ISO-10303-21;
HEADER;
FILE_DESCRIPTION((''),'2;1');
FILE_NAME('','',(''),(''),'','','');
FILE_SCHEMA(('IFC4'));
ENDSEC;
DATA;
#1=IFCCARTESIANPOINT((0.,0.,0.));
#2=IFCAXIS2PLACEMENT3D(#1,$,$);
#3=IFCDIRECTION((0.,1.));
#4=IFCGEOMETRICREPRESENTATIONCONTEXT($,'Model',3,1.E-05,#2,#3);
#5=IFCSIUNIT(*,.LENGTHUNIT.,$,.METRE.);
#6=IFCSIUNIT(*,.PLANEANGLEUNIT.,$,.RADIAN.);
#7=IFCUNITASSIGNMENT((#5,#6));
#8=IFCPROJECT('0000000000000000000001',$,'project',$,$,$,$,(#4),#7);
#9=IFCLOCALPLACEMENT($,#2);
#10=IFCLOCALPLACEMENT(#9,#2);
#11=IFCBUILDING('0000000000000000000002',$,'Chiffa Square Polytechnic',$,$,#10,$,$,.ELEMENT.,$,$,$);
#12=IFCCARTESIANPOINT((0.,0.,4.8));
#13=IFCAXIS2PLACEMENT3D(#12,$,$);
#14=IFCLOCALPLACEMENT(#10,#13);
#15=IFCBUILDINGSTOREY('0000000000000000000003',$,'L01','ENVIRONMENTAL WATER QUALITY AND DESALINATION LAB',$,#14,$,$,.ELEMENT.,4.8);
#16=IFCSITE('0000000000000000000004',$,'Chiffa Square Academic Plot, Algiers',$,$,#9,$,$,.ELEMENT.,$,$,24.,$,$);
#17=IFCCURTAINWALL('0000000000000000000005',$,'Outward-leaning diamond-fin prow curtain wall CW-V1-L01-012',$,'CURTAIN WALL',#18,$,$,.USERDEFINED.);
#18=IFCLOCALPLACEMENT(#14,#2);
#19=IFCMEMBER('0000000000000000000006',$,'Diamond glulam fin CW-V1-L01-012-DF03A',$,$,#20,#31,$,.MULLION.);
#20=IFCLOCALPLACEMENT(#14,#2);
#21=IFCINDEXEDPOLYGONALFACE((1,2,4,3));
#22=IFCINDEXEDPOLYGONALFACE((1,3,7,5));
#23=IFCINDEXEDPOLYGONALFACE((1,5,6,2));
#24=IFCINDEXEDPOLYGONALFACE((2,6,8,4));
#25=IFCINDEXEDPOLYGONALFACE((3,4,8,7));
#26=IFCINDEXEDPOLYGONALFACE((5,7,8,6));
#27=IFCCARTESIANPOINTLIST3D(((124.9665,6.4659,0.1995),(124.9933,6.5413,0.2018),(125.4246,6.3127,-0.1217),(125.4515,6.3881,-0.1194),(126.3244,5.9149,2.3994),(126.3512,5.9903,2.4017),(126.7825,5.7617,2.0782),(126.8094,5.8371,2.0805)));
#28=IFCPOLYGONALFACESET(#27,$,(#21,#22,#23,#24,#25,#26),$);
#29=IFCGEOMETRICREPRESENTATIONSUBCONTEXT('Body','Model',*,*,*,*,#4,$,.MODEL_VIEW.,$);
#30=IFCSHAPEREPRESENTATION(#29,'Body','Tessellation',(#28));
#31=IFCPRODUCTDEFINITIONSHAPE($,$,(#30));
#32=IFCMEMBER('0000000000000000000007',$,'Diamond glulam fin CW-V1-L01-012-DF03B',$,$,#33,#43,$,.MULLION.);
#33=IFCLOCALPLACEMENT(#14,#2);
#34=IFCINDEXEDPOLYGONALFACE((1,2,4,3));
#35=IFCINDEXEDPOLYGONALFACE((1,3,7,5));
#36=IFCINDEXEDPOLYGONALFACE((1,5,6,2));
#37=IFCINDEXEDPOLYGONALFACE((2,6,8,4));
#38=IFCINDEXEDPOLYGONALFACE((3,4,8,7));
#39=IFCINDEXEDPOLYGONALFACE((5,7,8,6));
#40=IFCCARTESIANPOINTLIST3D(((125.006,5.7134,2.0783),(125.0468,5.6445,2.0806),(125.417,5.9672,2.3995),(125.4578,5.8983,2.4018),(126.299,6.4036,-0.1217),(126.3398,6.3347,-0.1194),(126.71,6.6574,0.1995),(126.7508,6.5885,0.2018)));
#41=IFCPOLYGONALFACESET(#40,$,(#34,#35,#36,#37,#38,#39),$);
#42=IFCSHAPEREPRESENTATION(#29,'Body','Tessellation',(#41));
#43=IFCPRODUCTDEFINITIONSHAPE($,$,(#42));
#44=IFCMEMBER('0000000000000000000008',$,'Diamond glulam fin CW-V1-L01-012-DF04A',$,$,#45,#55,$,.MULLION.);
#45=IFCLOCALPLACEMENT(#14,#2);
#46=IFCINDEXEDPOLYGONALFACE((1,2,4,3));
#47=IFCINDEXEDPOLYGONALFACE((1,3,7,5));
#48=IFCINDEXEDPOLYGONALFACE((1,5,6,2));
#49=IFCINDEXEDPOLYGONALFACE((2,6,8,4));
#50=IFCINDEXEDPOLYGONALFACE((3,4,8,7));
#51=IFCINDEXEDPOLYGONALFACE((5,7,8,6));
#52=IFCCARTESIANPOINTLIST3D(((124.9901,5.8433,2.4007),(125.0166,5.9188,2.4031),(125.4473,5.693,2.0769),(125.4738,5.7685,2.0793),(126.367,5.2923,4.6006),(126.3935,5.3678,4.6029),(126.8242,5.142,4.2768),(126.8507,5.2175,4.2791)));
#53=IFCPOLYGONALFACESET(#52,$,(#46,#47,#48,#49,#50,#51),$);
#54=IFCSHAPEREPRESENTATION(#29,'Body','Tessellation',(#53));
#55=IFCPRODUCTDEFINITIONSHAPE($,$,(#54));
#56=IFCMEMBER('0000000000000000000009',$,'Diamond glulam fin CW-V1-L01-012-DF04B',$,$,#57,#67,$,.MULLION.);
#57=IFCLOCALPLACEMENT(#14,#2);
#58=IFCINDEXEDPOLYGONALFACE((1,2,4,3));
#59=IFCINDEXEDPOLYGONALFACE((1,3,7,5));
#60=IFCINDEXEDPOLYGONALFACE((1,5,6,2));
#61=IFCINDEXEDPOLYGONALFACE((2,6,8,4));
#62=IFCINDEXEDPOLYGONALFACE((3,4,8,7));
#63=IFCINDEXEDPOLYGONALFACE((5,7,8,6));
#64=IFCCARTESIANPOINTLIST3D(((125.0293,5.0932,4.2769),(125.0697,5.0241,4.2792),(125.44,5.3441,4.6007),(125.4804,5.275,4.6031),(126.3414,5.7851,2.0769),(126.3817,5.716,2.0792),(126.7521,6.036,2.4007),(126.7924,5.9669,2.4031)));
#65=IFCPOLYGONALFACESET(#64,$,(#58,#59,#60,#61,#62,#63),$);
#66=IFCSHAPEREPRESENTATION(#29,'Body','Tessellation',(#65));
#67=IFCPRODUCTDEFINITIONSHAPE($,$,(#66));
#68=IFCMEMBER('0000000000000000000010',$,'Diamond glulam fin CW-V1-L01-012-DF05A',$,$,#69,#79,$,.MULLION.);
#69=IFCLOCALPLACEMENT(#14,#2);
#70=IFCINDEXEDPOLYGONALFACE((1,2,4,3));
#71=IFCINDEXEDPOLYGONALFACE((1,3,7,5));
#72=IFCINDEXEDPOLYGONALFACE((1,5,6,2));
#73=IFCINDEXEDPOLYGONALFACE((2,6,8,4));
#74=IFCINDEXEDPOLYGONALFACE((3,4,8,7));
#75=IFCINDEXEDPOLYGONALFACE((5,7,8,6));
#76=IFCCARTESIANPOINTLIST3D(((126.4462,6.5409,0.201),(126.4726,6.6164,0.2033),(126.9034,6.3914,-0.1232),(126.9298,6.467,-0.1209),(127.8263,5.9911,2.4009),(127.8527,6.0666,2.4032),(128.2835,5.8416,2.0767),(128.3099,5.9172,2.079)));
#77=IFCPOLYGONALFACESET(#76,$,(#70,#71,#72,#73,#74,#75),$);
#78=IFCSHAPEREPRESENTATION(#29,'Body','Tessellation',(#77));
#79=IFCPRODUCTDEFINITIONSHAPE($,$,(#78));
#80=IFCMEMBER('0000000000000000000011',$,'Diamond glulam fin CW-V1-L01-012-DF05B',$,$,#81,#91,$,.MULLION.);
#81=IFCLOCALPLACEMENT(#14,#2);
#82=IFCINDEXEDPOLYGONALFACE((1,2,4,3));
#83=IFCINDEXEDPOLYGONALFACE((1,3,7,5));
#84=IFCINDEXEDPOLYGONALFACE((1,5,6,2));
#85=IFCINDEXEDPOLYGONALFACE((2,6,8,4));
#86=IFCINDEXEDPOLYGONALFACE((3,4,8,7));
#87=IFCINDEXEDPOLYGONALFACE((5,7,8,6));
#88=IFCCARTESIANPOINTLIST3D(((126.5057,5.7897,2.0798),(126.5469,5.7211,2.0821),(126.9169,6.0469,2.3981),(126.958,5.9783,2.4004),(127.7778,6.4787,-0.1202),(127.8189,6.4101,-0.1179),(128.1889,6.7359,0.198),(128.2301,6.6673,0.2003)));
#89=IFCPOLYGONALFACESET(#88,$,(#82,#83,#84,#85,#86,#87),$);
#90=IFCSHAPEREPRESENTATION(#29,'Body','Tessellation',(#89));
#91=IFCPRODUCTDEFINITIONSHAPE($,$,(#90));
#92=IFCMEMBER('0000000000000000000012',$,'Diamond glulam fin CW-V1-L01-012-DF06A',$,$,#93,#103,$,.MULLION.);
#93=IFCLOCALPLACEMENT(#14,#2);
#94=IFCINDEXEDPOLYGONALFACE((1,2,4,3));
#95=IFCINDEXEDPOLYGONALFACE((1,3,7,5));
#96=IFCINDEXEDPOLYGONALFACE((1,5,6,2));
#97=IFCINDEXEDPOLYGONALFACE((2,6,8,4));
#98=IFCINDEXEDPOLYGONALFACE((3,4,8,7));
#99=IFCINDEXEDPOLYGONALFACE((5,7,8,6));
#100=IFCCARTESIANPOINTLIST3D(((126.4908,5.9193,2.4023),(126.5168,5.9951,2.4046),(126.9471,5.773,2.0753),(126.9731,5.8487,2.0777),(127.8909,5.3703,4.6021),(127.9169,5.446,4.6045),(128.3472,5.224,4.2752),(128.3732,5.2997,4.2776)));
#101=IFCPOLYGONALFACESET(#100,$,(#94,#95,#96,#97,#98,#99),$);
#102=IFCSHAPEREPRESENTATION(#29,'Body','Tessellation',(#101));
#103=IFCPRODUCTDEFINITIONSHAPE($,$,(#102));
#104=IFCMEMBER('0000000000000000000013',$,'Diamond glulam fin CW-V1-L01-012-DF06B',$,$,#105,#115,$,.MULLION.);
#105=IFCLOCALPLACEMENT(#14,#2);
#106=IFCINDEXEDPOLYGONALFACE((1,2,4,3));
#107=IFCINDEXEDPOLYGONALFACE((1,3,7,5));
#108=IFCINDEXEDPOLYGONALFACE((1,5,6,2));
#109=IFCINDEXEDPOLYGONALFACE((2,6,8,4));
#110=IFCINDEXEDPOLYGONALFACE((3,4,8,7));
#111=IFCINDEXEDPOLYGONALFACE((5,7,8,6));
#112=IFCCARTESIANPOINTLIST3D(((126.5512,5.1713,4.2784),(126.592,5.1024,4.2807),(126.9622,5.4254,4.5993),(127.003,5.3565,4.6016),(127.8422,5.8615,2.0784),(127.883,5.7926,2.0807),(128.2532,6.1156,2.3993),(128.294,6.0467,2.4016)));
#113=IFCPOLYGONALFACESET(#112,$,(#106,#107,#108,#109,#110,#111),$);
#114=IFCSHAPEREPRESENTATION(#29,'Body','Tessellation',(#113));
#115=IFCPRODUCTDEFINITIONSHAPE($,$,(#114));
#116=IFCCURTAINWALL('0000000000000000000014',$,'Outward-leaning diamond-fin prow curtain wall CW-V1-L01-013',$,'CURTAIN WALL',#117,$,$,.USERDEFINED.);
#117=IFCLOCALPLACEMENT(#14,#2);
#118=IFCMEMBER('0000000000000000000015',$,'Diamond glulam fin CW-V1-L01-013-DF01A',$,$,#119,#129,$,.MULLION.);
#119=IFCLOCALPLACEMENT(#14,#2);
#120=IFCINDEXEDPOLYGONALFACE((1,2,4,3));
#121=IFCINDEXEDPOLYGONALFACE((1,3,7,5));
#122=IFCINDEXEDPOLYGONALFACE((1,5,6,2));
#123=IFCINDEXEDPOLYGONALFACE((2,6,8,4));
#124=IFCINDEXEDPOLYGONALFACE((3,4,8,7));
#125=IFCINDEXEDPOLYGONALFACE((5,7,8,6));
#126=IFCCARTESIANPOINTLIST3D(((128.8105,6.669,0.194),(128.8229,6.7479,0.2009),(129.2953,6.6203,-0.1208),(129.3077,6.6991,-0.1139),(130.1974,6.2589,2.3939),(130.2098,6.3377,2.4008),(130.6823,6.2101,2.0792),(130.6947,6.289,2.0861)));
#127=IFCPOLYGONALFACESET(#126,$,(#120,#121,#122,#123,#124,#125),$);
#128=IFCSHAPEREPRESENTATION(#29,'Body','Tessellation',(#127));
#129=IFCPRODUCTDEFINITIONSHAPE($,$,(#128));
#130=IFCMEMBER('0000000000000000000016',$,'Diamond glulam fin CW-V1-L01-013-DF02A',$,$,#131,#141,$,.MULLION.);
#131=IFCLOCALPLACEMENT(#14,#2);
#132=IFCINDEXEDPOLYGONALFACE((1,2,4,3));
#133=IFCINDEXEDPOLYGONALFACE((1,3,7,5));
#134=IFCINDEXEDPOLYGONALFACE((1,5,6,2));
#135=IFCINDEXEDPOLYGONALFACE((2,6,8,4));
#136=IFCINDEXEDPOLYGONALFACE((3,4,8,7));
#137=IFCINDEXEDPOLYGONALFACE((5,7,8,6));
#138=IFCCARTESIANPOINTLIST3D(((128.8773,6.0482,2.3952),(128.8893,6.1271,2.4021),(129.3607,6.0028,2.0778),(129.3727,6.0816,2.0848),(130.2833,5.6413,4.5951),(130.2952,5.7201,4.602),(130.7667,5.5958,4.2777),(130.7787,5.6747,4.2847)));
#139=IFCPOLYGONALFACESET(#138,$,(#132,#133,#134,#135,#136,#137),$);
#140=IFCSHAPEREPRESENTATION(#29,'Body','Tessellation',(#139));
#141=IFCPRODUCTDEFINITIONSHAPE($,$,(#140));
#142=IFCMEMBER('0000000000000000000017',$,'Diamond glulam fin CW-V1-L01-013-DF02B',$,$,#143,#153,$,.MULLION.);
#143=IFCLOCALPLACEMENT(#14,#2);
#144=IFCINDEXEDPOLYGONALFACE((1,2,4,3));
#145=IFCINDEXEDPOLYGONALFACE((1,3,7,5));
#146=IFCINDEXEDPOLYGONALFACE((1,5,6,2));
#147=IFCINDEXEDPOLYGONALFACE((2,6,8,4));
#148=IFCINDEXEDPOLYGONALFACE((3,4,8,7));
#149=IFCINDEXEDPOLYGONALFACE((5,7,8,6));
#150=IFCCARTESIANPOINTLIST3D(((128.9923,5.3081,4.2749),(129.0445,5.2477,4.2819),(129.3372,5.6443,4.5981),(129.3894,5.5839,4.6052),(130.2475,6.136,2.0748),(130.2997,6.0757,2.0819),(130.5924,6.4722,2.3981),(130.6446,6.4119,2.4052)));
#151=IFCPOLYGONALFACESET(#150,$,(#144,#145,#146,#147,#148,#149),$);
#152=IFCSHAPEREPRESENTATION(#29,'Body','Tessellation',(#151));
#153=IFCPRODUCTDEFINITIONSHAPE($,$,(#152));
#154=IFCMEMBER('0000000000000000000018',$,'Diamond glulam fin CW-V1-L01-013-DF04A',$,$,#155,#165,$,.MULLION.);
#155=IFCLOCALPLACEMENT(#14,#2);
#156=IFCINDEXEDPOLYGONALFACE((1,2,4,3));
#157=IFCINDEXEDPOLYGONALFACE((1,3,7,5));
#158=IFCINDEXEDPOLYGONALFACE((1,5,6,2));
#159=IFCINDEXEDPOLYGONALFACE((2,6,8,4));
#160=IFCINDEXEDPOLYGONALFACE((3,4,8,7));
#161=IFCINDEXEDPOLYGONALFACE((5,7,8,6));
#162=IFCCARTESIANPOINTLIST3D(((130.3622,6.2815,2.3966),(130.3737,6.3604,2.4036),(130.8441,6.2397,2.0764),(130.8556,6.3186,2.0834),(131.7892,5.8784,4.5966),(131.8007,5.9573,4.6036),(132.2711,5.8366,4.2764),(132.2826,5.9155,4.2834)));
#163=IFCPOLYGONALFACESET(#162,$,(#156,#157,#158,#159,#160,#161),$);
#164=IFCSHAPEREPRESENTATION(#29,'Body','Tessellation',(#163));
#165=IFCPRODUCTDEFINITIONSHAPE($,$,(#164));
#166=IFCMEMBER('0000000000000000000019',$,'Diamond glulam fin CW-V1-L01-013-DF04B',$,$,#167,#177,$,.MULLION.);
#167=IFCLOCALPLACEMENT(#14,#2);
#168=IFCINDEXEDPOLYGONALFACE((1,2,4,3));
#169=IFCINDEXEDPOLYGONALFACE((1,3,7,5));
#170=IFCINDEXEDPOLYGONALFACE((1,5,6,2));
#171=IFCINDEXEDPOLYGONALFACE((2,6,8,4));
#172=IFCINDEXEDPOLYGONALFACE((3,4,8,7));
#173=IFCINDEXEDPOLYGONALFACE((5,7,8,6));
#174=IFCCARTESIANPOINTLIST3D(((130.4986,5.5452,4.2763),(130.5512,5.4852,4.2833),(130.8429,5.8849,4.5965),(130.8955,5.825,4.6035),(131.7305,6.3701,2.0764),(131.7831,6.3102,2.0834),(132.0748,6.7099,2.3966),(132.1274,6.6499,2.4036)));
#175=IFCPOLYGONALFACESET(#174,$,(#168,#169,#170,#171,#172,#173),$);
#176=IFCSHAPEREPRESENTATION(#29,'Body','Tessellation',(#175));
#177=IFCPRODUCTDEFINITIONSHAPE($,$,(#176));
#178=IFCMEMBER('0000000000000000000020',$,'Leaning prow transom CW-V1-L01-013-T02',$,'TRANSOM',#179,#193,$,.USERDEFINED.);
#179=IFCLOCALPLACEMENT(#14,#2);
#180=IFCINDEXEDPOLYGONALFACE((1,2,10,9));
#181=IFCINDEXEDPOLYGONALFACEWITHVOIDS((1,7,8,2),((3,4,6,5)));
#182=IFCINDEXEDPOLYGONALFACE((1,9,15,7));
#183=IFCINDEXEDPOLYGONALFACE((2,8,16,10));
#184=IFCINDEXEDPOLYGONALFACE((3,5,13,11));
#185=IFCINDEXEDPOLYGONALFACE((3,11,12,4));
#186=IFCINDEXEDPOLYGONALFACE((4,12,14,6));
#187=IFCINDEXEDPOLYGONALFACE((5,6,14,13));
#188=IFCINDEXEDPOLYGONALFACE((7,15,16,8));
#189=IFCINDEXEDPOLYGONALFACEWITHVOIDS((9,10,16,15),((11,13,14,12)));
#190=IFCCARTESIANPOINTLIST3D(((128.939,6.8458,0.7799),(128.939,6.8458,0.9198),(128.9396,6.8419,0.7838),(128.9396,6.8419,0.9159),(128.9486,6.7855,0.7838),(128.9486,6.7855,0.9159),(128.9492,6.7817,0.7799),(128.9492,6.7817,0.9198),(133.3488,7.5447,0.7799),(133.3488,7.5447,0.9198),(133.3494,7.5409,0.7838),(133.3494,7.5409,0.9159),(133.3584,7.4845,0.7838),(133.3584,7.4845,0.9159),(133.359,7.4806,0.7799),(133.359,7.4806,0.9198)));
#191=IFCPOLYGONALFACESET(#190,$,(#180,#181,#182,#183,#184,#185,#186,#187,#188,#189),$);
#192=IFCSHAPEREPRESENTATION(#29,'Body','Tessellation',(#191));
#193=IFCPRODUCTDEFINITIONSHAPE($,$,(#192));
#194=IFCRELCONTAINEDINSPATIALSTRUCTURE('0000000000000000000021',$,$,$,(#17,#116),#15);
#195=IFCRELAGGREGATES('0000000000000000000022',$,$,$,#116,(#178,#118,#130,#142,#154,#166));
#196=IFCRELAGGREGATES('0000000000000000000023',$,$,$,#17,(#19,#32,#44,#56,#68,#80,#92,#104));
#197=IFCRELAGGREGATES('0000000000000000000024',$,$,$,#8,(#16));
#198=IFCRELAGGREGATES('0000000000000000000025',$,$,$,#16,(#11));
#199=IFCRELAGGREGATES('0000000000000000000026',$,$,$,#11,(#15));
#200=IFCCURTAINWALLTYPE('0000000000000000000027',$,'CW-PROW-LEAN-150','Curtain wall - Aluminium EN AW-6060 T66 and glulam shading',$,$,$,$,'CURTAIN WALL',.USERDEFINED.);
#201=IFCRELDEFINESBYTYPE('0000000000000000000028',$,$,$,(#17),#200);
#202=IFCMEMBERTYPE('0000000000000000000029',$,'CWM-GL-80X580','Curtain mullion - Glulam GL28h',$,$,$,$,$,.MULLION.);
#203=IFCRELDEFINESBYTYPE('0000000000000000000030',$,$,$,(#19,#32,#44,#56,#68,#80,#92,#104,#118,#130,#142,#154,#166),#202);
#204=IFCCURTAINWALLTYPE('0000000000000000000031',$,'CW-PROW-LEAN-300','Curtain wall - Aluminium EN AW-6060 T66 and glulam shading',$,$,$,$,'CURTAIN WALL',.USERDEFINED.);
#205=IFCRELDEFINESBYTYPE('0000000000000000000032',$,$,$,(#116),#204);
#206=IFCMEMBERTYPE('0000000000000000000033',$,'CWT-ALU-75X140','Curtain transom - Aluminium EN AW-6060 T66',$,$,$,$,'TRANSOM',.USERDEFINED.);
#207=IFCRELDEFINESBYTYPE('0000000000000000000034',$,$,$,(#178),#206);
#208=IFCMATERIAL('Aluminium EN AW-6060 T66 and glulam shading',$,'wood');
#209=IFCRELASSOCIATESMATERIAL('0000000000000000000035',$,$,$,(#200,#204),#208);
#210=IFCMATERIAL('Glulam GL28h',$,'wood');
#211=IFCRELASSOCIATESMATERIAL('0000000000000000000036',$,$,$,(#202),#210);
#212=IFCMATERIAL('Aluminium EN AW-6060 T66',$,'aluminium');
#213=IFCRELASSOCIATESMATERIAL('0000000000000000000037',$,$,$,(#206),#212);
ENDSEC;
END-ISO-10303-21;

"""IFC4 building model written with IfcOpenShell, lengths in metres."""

from ifc_helpers import new_model, si_unit, direction, frame, origin, origin_2d, place, context, subcontext, project, spatial, rectangle, hollow_rectangle, extrude, material, material_profile, profile_set, type_object, element, aggregate, save


model = new_model("IFC4")

# Units and contexts
model_context = context("Model", 3, precision=1e-05, world=origin(), true_north=direction((0.0, 1.0)))
body_context = subcontext(model_context, "Body", "Model", "MODEL_VIEW")
ifc_project = project(units=[si_unit("LENGTHUNIT", "METRE"), si_unit("PLANEANGLEUNIT", "RADIAN")], contexts=[model_context])

# Site, building, storey
site_placement = place(None, origin())
site = spatial("IfcSite", under=ifc_project, at=site_placement, Name="Chiffa Square Academic Plot, Algiers", CompositionType="ELEMENT", RefElevation=24.0)
building_placement = place(site_placement, origin())
building = spatial("IfcBuilding", under=site, at=building_placement, Name="Chiffa Square Polytechnic", CompositionType="ELEMENT")
storey_placement = place(building_placement, frame((0.0, 0.0, 4.8)))
storey = spatial("IfcBuildingStorey", under=building, at=storey_placement, Name="L01", Description="ENVIRONMENTAL WATER QUALITY AND DESALINATION LAB", CompositionType="ELEMENT", Elevation=4.8)

# Curtain walls, members
ifc_material_1 = material(Name="Aluminium EN AW-6060 T66 and glulam shading", Category="wood")
curtain_wall_type_1 = type_object("IfcCurtainWallType", Name="CW-PROW-LEAN-150", Description="Curtain wall - Aluminium EN AW-6060 T66 and glulam shading", ElementType="CURTAIN WALL", PredefinedType="USERDEFINED", material=ifc_material_1)
curtain_wall_1_placement = place(storey_placement, origin())
curtain_wall_1 = element("IfcCurtainWall", 1, at=curtain_wall_1_placement, inside=storey, type_object=curtain_wall_type_1, Name="Outward-leaning diamond-fin prow curtain wall CW-V1-L01-012", ObjectType="CURTAIN WALL", PredefinedType="USERDEFINED")
ifc_material_2 = material(Name="Aluminium EN AW-6060 T66", Category="aluminium")
ifc_material_3 = material(Name="Glulam GL28h", Category="wood")
ifc_material_profile_1 = material_profile(ifc_material_3, rectangle(XDim=0.0801, YDim=0.5801, at=origin_2d()), Name="GL28h 80x580")
ifc_profile_set_1 = profile_set([ifc_material_profile_1], Name="Glulam GL28h")
member_type_1 = type_object("IfcMemberType", Name="CWM-GL-80X580", Description="Curtain mullion - Glulam GL28h", PredefinedType="MULLION", material=ifc_profile_set_1)
member_1_placement = place(storey_placement, frame((125.209, 6.427, 0.04), z_axis=(0.513707, -0.208457, 0.832257), x_axis=(0.335135, 0.941723, 0.029015)))
member_1 = element("IfcMember", 2, at=member_1_placement, type_object=member_type_1, Name="Diamond glulam fin CW-V1-L01-012-DF03A", PredefinedType="MULLION", context=body_context, shape_type="SweptSolid", body=[
    extrude(rectangle(XDim=0.0801, YDim=0.5801, at=origin_2d()), origin(), (0.0, 0.0, 1.0), 2.6433),
])
member_2_placement = place(storey_placement, frame((126.5249, 6.4961, 0.04), z_axis=(-0.489119, -0.261091, 0.832222), x_axis=(0.508686, -0.860463, 0.029017)))
member_2 = element("IfcMember", 3, at=member_2_placement, type_object=member_type_1, Name="Diamond glulam fin CW-V1-L01-012-DF03B", PredefinedType="MULLION", context=body_context, shape_type="SweptSolid", body=[
    extrude(rectangle(XDim=0.0801, YDim=0.5801, at=origin_2d()), origin(), (0.0, 0.0, 1.0), 2.6436),
])
member_3_placement = place(storey_placement, frame((125.2319, 5.8059, 2.24), z_axis=(0.51898, -0.207684, 0.829172), x_axis=(0.330734, 0.94327, 0.029255)))
member_3 = element("IfcMember", 4, at=member_3_placement, type_object=member_type_1, Name="Diamond glulam fin CW-V1-L01-012-DF04A", PredefinedType="MULLION", context=body_context, shape_type="SweptSolid", body=[
    extrude(rectangle(XDim=0.0801, YDim=0.5801, at=origin_2d()), origin(), (0.0, 0.0, 1.0), 2.6531),
])
member_4_placement = place(storey_placement, frame((126.5669, 5.876, 2.24), z_axis=(-0.494487, -0.26077, 0.829145), x_axis=(0.50421, -0.863085, 0.029258)))
member_4 = element("IfcMember", 5, at=member_4_placement, type_object=member_type_1, Name="Diamond glulam fin CW-V1-L01-012-DF04B", PredefinedType="MULLION", context=body_context, shape_type="SweptSolid", body=[
    extrude(rectangle(XDim=0.0801, YDim=0.5801, at=origin_2d()), origin(), (0.0, 0.0, 1.0), 2.6533),
])
member_5_placement = place(storey_placement, frame((126.688, 6.5039, 0.04), z_axis=(0.519903, -0.207115, 0.828736), x_axis=(0.329287, 0.943776, 0.029289)))
member_5 = element("IfcMember", 6, at=member_5_placement, type_object=member_type_1, Name="Diamond glulam fin CW-V1-L01-012-DF05A", PredefinedType="MULLION", context=body_context, shape_type="SweptSolid", body=[
    extrude(rectangle(XDim=0.0801, YDim=0.5801, at=origin_2d()), origin(), (0.0, 0.0, 1.0), 2.6545),
])
member_6_placement = place(storey_placement, frame((128.0039, 6.573, 0.04), z_axis=(-0.4831, -0.261671, 0.835549), x_axis=(0.514071, -0.857266, 0.028754)))
member_6 = element("IfcMember", 7, at=member_6_placement, type_object=member_type_1, Name="Diamond glulam fin CW-V1-L01-012-DF05B", PredefinedType="MULLION", context=body_context, shape_type="SweptSolid", body=[
    extrude(rectangle(XDim=0.0801, YDim=0.5801, at=origin_2d()), origin(), (0.0, 0.0, 1.0), 2.6331),
])
member_7_placement = place(storey_placement, frame((126.7319, 5.884, 2.24), z_axis=(0.525404, -0.206039, 0.82553), x_axis=(0.324362, 0.945472, 0.029536)))
member_7 = element("IfcMember", 8, at=member_7_placement, type_object=member_type_1, Name="Diamond glulam fin CW-V1-L01-012-DF06A", PredefinedType="MULLION", context=body_context, shape_type="SweptSolid", body=[
    extrude(rectangle(XDim=0.0801, YDim=0.5801, at=origin_2d()), origin(), (0.0, 0.0, 1.0), 2.6648),
])
member_8_placement = place(storey_placement, frame((128.0681, 5.9541, 2.24), z_axis=(-0.488556, -0.261186, 0.832523), x_axis=(0.509241, -0.860136, 0.028994)))
member_8 = element("IfcMember", 9, at=member_8_placement, type_object=member_type_1, Name="Diamond glulam fin CW-V1-L01-012-DF06B", PredefinedType="MULLION", context=body_context, shape_type="SweptSolid", body=[
    extrude(rectangle(XDim=0.0801, YDim=0.5801, at=origin_2d()), origin(), (0.0, 0.0, 1.0), 2.6426),
])
curtain_wall_type_2 = type_object("IfcCurtainWallType", Name="CW-PROW-LEAN-300", Description="Curtain wall - Aluminium EN AW-6060 T66 and glulam shading", ElementType="CURTAIN WALL", PredefinedType="USERDEFINED", material=ifc_material_1)
curtain_wall_2_placement = place(storey_placement, origin())
curtain_wall_2 = element("IfcCurtainWall", 10, at=curtain_wall_2_placement, inside=storey, type_object=curtain_wall_type_2, Name="Outward-leaning diamond-fin prow curtain wall CW-V1-L01-013", ObjectType="CURTAIN WALL", PredefinedType="USERDEFINED")
member_9_placement = place(storey_placement, frame((129.0591, 6.6841, 0.04), z_axis=(0.5268, -0.155787, 0.835591), x_axis=(0.154742, 0.98421, 0.085938)))
member_9 = element("IfcMember", 11, at=member_9_placement, type_object=member_type_1, Name="Diamond glulam fin CW-V1-L01-013-DF01A", PredefinedType="MULLION", context=body_context, shape_type="SweptSolid", body=[
    extrude(rectangle(XDim=0.0801, YDim=0.5801, at=origin_2d()), origin(), (0.0, 0.0, 1.0), 2.6328),
])
member_10_placement = place(storey_placement, frame((129.125, 6.0649, 2.24), z_axis=(0.532094, -0.15402, 0.832558), x_axis=(0.149518, 0.984955, 0.086655)))
member_10 = element("IfcMember", 12, at=member_10_placement, type_object=member_type_1, Name="Diamond glulam fin CW-V1-L01-013-DF02A", PredefinedType="MULLION", context=body_context, shape_type="SweptSolid", body=[
    extrude(rectangle(XDim=0.0801, YDim=0.5801, at=origin_2d()), origin(), (0.0, 0.0, 1.0), 2.6423),
])
member_11_placement = place(storey_placement, frame((130.446, 6.2739, 2.24), z_axis=(-0.471024, -0.310687, 0.825597), x_axis=(0.651641, -0.753374, 0.08827)))
member_11 = element("IfcMember", 13, at=member_11_placement, type_object=member_type_1, Name="Diamond glulam fin CW-V1-L01-013-DF02B", PredefinedType="MULLION", context=body_context, shape_type="SweptSolid", body=[
    extrude(rectangle(XDim=0.0801, YDim=0.5801, at=origin_2d()), origin(), (0.0, 0.0, 1.0), 2.6648),
])
member_12_placement = place(storey_placement, frame((130.6089, 6.3, 2.24), z_axis=(0.537875, -0.15193, 0.829221), x_axis=(0.143647, 0.985759, 0.087435)))
member_12 = element("IfcMember", 14, at=member_12_placement, type_object=member_type_1, Name="Diamond glulam fin CW-V1-L01-013-DF04A", PredefinedType="MULLION", context=body_context, shape_type="SweptSolid", body=[
    extrude(rectangle(XDim=0.0801, YDim=0.5801, at=origin_2d()), origin(), (0.0, 0.0, 1.0), 2.6531),
])
member_13_placement = place(storey_placement, frame((131.929, 6.51, 2.24), z_axis=(-0.464369, -0.31096, 0.829256), x_axis=(0.657348, -0.748499, 0.087426)))
member_13 = element("IfcMember", 15, at=member_13_placement, type_object=member_type_1, Name="Diamond glulam fin CW-V1-L01-013-DF04B", PredefinedType="MULLION", context=body_context, shape_type="SweptSolid", body=[
    extrude(rectangle(XDim=0.0801, YDim=0.5801, at=origin_2d()), origin(), (0.0, 0.0, 1.0), 2.6528),
])
ifc_material_profile_2 = material_profile(ifc_material_2, hollow_rectangle(XDim=0.0649, YDim=0.1399, WallThickness=0.0039, at=origin_2d()), Name="ALU 65x140x4")
ifc_profile_set_2 = profile_set([ifc_material_profile_2], Name="Aluminium EN AW-6060 T66")
member_type_2 = type_object("IfcMemberType", Name="CWT-ALU-75X140", Description="Curtain transom - Aluminium EN AW-6060 T66", ElementType="TRANSOM", PredefinedType="USERDEFINED", material=ifc_profile_set_2)
member_14_placement = place(storey_placement, frame((128.9441, 6.8137, 0.8499), z_axis=(0.987671, 0.156547, 0.0), x_axis=(-0.156547, 0.987671, 0.0)))
member_14 = element("IfcMember", 16, at=member_14_placement, type_object=member_type_2, Name="Leaning prow transom CW-V1-L01-013-T02", ObjectType="TRANSOM", PredefinedType="USERDEFINED", context=body_context, shape_type="SweptSolid", body=[
    extrude(hollow_rectangle(XDim=0.0649, YDim=0.1399, WallThickness=0.0039, at=origin_2d()), origin(), (0.0, 0.0, 1.0), 4.4648),
])

aggregate(curtain_wall_2, [member_14, member_9, member_10, member_11, member_12, member_13])
aggregate(curtain_wall_1, [member_1, member_2, member_3, member_4, member_5, member_6, member_7, member_8])

save(model, "model.ifc")
